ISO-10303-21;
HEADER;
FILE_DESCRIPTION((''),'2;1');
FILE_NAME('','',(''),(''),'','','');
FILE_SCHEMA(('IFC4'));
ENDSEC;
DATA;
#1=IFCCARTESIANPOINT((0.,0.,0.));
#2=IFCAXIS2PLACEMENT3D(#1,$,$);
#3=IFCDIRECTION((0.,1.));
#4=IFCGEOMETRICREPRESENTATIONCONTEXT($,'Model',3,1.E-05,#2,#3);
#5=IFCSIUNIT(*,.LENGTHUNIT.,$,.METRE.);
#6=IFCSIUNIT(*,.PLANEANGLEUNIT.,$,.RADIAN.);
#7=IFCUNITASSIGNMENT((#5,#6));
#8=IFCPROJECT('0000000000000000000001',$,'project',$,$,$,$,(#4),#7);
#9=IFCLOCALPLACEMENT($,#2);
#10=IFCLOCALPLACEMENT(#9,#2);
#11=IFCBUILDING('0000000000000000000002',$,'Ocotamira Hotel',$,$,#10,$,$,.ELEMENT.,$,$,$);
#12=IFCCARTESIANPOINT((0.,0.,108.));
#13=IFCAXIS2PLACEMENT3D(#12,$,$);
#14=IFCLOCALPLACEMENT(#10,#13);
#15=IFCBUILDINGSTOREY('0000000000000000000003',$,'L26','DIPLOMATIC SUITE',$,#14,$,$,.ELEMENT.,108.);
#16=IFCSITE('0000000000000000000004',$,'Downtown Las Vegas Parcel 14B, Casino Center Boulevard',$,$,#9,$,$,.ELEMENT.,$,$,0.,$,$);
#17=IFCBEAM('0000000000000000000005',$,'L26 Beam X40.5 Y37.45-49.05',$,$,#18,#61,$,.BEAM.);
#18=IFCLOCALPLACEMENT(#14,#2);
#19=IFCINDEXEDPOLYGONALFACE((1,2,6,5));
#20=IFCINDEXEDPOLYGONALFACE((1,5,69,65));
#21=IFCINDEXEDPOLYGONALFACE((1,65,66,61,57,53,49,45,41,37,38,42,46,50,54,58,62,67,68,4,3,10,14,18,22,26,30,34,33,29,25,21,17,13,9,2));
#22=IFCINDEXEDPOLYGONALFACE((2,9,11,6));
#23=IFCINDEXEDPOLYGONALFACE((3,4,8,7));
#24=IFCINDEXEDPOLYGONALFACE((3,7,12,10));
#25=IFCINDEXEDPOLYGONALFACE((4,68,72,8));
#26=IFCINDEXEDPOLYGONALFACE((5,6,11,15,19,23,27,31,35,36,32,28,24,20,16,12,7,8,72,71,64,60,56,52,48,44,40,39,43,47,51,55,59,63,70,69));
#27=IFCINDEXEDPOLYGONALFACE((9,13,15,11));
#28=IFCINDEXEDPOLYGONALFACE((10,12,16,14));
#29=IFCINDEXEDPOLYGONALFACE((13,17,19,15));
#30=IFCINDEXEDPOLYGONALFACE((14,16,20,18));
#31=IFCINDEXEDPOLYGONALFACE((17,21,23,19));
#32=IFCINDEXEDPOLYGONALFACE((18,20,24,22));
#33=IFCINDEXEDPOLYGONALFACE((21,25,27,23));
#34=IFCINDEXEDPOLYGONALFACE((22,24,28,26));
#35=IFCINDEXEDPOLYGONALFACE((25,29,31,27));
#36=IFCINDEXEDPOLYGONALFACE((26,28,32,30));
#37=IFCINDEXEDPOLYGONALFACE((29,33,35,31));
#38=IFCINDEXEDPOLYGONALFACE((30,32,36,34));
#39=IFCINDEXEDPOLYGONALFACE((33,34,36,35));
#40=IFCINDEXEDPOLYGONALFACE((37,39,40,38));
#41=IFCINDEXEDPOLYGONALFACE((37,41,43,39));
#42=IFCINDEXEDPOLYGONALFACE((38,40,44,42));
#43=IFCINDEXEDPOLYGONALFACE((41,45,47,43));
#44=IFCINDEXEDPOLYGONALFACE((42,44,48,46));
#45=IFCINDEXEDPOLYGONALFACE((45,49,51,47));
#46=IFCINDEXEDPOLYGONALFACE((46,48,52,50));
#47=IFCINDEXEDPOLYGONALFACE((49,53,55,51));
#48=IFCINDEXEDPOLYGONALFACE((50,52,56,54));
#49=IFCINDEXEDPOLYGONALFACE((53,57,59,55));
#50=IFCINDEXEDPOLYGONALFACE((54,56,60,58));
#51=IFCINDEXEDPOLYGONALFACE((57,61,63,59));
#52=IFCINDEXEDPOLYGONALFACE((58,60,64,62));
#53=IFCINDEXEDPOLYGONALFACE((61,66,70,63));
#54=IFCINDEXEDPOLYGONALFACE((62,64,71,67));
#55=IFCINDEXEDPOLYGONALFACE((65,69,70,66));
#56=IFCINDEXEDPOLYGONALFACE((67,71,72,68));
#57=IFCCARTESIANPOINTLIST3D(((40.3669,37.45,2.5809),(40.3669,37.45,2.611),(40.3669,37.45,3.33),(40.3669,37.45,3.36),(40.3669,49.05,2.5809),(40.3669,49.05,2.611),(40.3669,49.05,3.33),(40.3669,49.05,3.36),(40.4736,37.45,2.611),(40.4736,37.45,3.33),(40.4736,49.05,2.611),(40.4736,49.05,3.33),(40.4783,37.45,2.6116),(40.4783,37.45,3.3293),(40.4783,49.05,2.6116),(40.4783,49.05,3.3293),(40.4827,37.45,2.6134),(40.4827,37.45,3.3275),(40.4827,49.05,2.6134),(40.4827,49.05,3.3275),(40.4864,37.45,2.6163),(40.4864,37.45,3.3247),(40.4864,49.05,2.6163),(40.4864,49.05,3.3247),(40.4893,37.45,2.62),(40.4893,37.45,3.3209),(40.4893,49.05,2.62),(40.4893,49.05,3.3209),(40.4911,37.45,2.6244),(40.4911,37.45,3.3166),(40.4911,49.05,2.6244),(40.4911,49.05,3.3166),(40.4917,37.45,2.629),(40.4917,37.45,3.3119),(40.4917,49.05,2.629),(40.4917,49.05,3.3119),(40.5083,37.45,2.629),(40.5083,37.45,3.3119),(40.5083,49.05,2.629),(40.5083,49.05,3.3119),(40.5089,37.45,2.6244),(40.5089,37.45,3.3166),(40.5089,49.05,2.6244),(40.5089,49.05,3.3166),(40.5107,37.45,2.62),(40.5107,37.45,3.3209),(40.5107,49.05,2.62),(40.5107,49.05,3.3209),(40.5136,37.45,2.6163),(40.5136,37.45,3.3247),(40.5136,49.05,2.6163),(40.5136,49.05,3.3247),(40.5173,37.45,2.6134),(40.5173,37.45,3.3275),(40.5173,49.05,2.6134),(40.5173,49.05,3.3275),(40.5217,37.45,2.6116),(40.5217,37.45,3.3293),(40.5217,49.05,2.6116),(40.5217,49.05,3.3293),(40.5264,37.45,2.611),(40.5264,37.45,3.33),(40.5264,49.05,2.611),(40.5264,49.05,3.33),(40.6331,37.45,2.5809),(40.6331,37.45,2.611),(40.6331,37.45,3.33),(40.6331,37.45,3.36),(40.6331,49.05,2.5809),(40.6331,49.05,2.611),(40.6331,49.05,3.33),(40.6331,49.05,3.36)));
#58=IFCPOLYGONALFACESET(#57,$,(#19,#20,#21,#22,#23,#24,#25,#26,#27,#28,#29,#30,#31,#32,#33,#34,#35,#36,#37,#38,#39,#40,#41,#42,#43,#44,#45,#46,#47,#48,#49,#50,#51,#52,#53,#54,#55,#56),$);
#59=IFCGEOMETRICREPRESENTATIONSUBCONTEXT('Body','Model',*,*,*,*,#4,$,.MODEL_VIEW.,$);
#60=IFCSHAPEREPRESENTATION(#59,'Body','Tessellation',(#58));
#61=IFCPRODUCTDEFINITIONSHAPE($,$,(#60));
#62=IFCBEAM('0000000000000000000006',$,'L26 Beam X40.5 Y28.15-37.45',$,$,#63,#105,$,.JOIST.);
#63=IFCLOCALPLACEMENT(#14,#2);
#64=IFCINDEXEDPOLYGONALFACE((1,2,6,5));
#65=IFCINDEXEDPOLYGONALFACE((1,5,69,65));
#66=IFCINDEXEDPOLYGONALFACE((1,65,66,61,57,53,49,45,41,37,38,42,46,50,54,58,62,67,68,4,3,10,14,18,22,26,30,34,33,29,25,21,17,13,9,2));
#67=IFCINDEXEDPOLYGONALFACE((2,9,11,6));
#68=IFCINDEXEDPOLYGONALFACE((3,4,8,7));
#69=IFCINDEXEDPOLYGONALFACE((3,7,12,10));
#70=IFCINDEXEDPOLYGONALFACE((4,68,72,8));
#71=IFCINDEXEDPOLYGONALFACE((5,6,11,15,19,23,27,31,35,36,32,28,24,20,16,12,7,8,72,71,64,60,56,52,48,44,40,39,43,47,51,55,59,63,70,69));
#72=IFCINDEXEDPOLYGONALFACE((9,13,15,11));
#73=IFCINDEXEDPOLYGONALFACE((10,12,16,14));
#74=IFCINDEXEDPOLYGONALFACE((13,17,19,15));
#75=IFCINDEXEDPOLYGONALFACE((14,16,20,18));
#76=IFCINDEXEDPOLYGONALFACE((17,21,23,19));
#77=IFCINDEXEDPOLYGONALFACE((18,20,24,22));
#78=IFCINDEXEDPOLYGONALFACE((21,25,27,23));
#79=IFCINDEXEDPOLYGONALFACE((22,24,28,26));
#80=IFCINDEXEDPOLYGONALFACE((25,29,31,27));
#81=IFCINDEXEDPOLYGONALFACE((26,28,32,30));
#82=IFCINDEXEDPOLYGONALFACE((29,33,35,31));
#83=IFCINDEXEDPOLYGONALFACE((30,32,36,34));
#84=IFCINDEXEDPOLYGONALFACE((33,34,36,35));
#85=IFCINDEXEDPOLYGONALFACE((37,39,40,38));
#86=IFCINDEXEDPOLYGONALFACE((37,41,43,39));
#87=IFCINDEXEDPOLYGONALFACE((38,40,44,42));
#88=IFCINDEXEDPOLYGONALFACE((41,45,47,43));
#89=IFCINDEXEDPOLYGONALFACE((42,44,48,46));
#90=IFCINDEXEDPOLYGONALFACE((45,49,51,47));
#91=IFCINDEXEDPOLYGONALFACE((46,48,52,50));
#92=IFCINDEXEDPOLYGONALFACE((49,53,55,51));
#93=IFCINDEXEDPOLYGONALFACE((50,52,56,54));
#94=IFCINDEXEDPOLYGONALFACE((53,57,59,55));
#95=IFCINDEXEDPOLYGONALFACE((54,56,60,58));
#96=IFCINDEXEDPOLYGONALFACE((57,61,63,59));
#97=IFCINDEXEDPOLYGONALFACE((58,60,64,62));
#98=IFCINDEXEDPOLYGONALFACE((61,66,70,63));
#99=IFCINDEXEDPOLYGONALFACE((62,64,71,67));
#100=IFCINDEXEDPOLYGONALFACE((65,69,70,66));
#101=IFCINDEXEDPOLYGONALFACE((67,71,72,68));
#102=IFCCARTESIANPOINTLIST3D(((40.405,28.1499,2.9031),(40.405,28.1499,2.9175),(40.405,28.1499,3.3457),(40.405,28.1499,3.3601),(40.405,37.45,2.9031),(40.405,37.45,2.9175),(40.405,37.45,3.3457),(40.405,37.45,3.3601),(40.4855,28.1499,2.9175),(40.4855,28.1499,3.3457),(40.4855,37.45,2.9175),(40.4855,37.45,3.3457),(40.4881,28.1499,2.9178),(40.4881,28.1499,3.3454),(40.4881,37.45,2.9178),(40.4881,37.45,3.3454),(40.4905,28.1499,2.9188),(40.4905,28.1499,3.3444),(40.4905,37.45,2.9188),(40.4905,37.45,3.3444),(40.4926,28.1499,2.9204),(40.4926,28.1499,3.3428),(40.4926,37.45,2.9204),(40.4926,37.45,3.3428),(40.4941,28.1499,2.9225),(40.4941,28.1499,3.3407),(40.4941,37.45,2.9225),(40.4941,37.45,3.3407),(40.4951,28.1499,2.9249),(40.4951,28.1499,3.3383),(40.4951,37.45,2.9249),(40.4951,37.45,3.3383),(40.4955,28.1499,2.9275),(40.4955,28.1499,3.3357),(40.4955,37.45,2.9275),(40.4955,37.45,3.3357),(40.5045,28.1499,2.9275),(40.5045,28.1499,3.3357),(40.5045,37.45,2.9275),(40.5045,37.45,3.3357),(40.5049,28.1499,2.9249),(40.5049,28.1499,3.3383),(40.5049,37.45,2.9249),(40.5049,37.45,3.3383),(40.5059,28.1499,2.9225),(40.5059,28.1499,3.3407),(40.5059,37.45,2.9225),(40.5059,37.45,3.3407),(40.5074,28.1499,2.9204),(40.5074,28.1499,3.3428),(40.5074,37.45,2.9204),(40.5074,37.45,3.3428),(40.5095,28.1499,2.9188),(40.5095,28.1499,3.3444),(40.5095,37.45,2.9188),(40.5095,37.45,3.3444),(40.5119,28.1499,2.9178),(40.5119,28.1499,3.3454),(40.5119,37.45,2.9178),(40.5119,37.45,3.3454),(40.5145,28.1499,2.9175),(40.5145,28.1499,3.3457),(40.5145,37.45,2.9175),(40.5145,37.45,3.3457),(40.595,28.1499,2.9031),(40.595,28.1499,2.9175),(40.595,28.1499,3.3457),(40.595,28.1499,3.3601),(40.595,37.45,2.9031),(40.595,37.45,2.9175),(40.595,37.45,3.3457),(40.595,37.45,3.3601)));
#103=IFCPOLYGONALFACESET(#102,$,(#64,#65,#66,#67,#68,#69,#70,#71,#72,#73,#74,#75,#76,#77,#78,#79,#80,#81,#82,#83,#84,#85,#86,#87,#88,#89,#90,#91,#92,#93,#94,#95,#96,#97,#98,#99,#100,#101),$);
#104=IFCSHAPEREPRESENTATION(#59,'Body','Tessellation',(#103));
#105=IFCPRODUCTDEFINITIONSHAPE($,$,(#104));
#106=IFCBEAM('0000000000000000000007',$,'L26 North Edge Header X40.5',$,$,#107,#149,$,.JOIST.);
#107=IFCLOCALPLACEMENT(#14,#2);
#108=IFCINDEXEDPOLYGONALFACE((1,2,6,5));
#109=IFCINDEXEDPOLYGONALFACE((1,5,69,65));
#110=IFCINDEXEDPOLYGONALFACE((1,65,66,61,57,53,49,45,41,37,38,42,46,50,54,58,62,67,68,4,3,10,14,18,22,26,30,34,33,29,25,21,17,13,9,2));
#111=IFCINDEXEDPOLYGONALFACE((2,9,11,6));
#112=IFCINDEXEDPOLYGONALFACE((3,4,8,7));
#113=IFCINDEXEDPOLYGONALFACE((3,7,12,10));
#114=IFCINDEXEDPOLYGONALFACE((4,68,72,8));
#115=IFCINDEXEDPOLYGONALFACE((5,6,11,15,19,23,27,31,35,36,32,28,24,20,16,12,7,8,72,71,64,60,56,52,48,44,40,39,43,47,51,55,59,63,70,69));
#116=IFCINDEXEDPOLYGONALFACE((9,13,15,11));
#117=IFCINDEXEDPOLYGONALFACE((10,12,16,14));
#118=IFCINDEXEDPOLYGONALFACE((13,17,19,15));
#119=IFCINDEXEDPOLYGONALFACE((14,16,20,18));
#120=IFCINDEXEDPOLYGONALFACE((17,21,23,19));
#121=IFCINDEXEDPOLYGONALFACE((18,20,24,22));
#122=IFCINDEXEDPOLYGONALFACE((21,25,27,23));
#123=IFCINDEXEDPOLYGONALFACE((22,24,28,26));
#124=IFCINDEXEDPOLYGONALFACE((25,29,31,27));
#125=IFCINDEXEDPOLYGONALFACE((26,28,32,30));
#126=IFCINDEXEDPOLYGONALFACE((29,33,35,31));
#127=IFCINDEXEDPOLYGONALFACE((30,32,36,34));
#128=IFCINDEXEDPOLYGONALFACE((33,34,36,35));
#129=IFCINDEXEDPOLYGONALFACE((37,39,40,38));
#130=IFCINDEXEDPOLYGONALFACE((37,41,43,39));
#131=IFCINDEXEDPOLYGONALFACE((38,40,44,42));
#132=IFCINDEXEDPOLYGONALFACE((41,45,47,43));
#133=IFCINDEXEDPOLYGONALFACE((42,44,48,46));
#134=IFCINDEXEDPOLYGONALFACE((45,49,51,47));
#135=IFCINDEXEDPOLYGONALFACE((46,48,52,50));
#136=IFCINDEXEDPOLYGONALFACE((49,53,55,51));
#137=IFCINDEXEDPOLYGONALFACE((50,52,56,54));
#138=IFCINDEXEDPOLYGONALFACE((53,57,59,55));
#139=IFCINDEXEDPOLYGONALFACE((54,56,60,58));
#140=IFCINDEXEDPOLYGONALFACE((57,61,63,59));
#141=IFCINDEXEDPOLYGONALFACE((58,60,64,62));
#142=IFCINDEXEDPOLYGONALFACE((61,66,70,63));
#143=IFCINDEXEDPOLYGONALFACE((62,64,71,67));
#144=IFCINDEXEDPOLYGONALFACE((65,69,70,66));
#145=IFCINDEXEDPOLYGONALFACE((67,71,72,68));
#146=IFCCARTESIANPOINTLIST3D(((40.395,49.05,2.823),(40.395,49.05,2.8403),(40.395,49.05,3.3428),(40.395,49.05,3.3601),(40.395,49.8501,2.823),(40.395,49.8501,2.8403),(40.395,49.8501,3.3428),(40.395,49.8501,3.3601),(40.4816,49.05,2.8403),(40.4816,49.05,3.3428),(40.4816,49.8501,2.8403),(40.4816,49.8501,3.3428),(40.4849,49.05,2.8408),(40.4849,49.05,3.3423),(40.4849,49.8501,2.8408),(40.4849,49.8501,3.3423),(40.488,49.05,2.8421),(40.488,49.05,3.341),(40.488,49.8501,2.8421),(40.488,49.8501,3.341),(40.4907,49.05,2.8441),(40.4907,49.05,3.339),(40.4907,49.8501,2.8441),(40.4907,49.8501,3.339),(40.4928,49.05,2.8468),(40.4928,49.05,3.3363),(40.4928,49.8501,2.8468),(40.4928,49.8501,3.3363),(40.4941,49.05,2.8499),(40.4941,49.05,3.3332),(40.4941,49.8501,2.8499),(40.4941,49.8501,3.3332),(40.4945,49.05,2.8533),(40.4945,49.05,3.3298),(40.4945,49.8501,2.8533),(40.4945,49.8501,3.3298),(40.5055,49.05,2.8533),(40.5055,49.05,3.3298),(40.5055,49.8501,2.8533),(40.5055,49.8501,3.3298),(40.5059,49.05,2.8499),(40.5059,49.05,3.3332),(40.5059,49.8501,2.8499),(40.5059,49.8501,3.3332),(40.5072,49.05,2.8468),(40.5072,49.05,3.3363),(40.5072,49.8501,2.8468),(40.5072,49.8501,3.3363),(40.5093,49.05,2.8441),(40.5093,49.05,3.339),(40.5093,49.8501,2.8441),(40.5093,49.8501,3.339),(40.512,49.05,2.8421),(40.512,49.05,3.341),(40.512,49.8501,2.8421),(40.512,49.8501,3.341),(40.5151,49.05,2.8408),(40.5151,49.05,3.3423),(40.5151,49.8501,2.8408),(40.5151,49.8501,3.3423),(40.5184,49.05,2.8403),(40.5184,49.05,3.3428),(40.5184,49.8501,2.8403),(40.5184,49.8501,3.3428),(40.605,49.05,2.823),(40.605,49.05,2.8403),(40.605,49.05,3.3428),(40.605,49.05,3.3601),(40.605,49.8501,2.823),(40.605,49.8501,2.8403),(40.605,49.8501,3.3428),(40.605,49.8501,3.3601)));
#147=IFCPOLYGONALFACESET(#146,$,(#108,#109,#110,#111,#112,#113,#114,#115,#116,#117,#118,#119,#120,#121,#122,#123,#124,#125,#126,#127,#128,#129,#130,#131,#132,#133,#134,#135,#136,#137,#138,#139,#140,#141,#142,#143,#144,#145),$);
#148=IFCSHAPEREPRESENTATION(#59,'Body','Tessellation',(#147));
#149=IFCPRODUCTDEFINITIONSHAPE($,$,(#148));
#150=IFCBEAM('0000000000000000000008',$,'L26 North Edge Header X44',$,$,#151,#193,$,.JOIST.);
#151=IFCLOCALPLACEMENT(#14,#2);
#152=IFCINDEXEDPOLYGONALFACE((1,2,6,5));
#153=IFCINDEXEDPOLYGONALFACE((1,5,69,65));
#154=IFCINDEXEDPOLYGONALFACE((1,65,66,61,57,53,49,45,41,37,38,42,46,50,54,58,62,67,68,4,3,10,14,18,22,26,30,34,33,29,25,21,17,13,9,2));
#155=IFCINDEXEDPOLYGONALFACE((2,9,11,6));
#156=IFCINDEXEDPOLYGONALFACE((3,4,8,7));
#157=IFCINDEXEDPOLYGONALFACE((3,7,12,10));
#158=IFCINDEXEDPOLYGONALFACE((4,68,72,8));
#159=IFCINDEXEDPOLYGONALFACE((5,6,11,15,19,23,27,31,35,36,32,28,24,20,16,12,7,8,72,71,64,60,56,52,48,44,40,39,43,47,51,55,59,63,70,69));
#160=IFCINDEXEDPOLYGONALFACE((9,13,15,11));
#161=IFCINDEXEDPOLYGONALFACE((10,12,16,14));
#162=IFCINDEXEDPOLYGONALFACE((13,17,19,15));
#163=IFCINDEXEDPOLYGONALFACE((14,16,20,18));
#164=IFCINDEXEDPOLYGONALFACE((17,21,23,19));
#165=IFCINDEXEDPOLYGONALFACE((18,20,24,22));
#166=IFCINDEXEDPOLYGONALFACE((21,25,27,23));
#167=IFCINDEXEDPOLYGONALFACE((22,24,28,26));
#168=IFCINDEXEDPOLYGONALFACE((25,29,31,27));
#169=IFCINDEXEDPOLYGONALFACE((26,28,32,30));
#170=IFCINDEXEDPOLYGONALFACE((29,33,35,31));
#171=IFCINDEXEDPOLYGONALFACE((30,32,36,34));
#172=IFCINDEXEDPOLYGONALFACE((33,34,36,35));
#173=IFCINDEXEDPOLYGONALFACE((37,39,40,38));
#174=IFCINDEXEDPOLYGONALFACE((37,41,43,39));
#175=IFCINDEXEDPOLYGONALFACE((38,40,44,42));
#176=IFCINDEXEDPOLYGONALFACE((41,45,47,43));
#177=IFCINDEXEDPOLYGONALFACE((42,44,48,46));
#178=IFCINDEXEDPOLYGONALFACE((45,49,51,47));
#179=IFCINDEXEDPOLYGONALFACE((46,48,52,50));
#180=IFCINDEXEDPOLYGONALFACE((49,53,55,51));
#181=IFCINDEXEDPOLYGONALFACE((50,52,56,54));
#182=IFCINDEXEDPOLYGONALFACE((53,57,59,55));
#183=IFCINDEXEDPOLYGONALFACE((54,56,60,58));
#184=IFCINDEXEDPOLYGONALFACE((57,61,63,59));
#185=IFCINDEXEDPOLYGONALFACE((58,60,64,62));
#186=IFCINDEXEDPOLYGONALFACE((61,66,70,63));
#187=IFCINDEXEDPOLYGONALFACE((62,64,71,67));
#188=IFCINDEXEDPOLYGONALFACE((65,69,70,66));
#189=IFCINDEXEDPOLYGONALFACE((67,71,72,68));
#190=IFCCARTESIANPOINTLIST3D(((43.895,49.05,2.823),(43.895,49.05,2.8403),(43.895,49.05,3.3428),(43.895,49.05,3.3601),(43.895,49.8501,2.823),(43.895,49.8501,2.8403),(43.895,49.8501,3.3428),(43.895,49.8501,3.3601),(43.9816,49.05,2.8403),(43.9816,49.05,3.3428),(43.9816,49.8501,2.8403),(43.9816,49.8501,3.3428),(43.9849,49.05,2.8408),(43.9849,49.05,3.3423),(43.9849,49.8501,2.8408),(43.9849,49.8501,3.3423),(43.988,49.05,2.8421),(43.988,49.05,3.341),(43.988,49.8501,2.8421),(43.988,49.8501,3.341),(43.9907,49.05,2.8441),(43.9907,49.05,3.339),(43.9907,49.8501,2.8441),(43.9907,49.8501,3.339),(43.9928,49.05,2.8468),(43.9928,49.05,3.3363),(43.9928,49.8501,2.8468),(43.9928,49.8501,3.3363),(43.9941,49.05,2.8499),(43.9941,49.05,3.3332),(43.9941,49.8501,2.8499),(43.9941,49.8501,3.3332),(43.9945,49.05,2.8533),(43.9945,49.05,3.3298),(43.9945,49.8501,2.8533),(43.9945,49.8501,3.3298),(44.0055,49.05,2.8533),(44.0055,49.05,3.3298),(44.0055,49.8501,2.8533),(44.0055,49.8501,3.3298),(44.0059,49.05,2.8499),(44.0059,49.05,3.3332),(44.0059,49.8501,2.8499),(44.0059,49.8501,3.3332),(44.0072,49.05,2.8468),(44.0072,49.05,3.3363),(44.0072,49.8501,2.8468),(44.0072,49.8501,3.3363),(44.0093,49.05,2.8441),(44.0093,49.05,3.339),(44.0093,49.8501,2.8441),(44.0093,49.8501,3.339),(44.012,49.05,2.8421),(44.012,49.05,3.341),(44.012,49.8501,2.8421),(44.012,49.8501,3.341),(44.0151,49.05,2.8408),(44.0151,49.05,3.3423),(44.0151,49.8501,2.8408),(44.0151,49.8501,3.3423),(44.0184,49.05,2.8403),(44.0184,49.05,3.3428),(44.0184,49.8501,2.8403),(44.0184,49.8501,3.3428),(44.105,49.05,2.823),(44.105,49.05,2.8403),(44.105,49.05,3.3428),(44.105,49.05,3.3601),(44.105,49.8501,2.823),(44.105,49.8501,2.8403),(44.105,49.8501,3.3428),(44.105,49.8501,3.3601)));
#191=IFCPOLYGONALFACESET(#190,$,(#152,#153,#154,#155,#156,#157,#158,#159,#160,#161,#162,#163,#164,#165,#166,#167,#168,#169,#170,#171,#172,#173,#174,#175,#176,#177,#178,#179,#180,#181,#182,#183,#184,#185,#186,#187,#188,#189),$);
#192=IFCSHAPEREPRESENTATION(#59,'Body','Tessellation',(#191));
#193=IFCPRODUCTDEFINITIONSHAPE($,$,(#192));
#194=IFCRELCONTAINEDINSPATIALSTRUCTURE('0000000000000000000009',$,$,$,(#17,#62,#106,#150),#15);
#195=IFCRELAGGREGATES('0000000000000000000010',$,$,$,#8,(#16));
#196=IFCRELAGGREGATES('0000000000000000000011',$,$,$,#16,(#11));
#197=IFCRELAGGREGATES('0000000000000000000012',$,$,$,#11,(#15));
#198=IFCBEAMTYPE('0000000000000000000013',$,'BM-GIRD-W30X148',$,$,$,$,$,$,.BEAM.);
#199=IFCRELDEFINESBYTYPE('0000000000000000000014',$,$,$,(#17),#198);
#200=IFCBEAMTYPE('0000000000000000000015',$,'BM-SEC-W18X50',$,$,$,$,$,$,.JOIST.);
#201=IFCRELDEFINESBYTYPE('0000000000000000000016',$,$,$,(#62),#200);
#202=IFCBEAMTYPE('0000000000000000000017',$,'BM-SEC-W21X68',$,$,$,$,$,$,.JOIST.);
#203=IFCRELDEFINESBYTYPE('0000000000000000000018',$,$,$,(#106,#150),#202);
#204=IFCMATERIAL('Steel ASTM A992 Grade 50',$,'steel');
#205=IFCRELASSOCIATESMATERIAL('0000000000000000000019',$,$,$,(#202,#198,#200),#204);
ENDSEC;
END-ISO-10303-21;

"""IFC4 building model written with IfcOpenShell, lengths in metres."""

from ifc_helpers import new_model, si_unit, direction, frame, origin, origin_2d, place, context, subcontext, project, spatial, i_section, extrude, source, transform, mapped, material, material_profile, profile_set, type_object, element, save


model = new_model("IFC4")

# Units and contexts
model_context = context("Model", 3, precision=1e-05, world=origin(), true_north=direction((0.0, 1.0)))
body_context = subcontext(model_context, "Body", "Model", "MODEL_VIEW")
ifc_project = project(units=[si_unit("LENGTHUNIT", "METRE"), si_unit("PLANEANGLEUNIT", "RADIAN")], contexts=[model_context])

# Site, building, storey
site_placement = place(None, origin())
site = spatial("IfcSite", under=ifc_project, at=site_placement, Name="Downtown Las Vegas Parcel 14B, Casino Center Boulevard", CompositionType="ELEMENT", RefElevation=0.0)
building_placement = place(site_placement, origin())
building = spatial("IfcBuilding", under=site, at=building_placement, Name="Ocotamira Hotel", CompositionType="ELEMENT")
storey_placement = place(building_placement, frame((0.0, 0.0, 108.0)))
storey = spatial("IfcBuildingStorey", under=building, at=storey_placement, Name="L26", Description="DIPLOMATIC SUITE", CompositionType="ELEMENT", Elevation=108.0)

# Beams
ifc_material_1 = material(Name="Steel ASTM A992 Grade 50", Category="steel")
ifc_material_profile_1 = material_profile(ifc_material_1, i_section(OverallWidth=0.21, OverallDepth=0.5371, WebThickness=0.011, FlangeThickness=0.0173, FilletRadius=0.0129, at=origin_2d()), Name="W21X68")
ifc_profile_set_1 = profile_set([ifc_material_profile_1], Name="Steel ASTM A992 Grade 50")
beam_type_1 = type_object("IfcBeamType", Name="BM-SEC-W21X68", PredefinedType="JOIST", material=ifc_profile_set_1)
ifc_material_profile_2 = material_profile(ifc_material_1, i_section(OverallWidth=0.2661, OverallDepth=0.7791, WebThickness=0.0166, FlangeThickness=0.03, FilletRadius=0.0181, at=origin_2d()), Name="W30X148")
ifc_profile_set_2 = profile_set([ifc_material_profile_2], Name="Steel ASTM A992 Grade 50")
beam_type_2 = type_object("IfcBeamType", Name="BM-GIRD-W30X148", PredefinedType="BEAM", material=ifc_profile_set_2)
shared_shape_1 = source(origin(), body_context, "Body", "SweptSolid", [
    extrude(i_section(OverallWidth=0.2661, OverallDepth=0.7791, WebThickness=0.0166, FlangeThickness=0.03, FilletRadius=0.0181, at=origin_2d()), origin(), (0.0, 0.0, 1.0), 11.6001),
])
beam_1_placement = place(storey_placement, frame((40.5, 37.45, 2.9705), z_axis=(0.0, 1.0, 0.0), x_axis=(-1.0, 0.0, 0.0)))
element("IfcBeam", 1, at=beam_1_placement, inside=storey, type_object=beam_type_2, Name="L26 Beam X40.5 Y37.45-49.05", PredefinedType="BEAM", context=body_context, shape_type="MappedRepresentation", body=[
    mapped(shared_shape_1, transform((0.0, 0.0, 0.0), scale=1.0)),
])
ifc_material_profile_3 = material_profile(ifc_material_1, i_section(OverallWidth=0.1899, OverallDepth=0.457, WebThickness=0.009, FlangeThickness=0.0144, FilletRadius=0.01, at=origin_2d()), Name="W18X50")
ifc_profile_set_3 = profile_set([ifc_material_profile_3], Name="Steel ASTM A992 Grade 50")
beam_type_3 = type_object("IfcBeamType", Name="BM-SEC-W18X50", PredefinedType="JOIST", material=ifc_profile_set_3)
shared_shape_2 = source(origin(), body_context, "Body", "SweptSolid", [
    extrude(i_section(OverallWidth=0.1899, OverallDepth=0.457, WebThickness=0.009, FlangeThickness=0.0144, FilletRadius=0.01, at=origin_2d()), origin(), (0.0, 0.0, 1.0), 9.3),
])
beam_2_placement = place(storey_placement, frame((40.5, 28.1499, 3.1316), z_axis=(0.0, 1.0, 0.0), x_axis=(-1.0, 0.0, 0.0)))
element("IfcBeam", 2, at=beam_2_placement, inside=storey, type_object=beam_type_3, Name="L26 Beam X40.5 Y28.15-37.45", PredefinedType="JOIST", context=body_context, shape_type="MappedRepresentation", body=[
    mapped(shared_shape_2, transform((0.0, 0.0, 0.0), scale=1.0)),
])
shared_shape_3 = source(origin(), body_context, "Body", "SweptSolid", [
    extrude(i_section(OverallWidth=0.21, OverallDepth=0.5371, WebThickness=0.011, FlangeThickness=0.0173, FilletRadius=0.0129, at=origin_2d()), origin(), (0.0, 0.0, 1.0), 0.8),
])
for number, where, z_axis, x_axis, name in (
    (3, (40.5, 49.05, 3.0916), (0.0, 1.0, 0.0), (-1.0, 0.0, 0.0), "L26 North Edge Header X40.5"),
    (4, (44.0, 49.05, 3.0916), (0.0, 1.0, 0.0), (-1.0, 0.0, 0.0), "L26 North Edge Header X44"),
):
    element("IfcBeam", number, at=place(storey_placement, frame(where, z_axis=z_axis, x_axis=x_axis)), inside=storey, type_object=beam_type_1, Name=name, PredefinedType="JOIST", context=body_context, shape_type="MappedRepresentation", body=[
        mapped(shared_shape_3, transform((0.0, 0.0, 0.0), scale=1.0)),
    ])

save(model, "model.ifc")
